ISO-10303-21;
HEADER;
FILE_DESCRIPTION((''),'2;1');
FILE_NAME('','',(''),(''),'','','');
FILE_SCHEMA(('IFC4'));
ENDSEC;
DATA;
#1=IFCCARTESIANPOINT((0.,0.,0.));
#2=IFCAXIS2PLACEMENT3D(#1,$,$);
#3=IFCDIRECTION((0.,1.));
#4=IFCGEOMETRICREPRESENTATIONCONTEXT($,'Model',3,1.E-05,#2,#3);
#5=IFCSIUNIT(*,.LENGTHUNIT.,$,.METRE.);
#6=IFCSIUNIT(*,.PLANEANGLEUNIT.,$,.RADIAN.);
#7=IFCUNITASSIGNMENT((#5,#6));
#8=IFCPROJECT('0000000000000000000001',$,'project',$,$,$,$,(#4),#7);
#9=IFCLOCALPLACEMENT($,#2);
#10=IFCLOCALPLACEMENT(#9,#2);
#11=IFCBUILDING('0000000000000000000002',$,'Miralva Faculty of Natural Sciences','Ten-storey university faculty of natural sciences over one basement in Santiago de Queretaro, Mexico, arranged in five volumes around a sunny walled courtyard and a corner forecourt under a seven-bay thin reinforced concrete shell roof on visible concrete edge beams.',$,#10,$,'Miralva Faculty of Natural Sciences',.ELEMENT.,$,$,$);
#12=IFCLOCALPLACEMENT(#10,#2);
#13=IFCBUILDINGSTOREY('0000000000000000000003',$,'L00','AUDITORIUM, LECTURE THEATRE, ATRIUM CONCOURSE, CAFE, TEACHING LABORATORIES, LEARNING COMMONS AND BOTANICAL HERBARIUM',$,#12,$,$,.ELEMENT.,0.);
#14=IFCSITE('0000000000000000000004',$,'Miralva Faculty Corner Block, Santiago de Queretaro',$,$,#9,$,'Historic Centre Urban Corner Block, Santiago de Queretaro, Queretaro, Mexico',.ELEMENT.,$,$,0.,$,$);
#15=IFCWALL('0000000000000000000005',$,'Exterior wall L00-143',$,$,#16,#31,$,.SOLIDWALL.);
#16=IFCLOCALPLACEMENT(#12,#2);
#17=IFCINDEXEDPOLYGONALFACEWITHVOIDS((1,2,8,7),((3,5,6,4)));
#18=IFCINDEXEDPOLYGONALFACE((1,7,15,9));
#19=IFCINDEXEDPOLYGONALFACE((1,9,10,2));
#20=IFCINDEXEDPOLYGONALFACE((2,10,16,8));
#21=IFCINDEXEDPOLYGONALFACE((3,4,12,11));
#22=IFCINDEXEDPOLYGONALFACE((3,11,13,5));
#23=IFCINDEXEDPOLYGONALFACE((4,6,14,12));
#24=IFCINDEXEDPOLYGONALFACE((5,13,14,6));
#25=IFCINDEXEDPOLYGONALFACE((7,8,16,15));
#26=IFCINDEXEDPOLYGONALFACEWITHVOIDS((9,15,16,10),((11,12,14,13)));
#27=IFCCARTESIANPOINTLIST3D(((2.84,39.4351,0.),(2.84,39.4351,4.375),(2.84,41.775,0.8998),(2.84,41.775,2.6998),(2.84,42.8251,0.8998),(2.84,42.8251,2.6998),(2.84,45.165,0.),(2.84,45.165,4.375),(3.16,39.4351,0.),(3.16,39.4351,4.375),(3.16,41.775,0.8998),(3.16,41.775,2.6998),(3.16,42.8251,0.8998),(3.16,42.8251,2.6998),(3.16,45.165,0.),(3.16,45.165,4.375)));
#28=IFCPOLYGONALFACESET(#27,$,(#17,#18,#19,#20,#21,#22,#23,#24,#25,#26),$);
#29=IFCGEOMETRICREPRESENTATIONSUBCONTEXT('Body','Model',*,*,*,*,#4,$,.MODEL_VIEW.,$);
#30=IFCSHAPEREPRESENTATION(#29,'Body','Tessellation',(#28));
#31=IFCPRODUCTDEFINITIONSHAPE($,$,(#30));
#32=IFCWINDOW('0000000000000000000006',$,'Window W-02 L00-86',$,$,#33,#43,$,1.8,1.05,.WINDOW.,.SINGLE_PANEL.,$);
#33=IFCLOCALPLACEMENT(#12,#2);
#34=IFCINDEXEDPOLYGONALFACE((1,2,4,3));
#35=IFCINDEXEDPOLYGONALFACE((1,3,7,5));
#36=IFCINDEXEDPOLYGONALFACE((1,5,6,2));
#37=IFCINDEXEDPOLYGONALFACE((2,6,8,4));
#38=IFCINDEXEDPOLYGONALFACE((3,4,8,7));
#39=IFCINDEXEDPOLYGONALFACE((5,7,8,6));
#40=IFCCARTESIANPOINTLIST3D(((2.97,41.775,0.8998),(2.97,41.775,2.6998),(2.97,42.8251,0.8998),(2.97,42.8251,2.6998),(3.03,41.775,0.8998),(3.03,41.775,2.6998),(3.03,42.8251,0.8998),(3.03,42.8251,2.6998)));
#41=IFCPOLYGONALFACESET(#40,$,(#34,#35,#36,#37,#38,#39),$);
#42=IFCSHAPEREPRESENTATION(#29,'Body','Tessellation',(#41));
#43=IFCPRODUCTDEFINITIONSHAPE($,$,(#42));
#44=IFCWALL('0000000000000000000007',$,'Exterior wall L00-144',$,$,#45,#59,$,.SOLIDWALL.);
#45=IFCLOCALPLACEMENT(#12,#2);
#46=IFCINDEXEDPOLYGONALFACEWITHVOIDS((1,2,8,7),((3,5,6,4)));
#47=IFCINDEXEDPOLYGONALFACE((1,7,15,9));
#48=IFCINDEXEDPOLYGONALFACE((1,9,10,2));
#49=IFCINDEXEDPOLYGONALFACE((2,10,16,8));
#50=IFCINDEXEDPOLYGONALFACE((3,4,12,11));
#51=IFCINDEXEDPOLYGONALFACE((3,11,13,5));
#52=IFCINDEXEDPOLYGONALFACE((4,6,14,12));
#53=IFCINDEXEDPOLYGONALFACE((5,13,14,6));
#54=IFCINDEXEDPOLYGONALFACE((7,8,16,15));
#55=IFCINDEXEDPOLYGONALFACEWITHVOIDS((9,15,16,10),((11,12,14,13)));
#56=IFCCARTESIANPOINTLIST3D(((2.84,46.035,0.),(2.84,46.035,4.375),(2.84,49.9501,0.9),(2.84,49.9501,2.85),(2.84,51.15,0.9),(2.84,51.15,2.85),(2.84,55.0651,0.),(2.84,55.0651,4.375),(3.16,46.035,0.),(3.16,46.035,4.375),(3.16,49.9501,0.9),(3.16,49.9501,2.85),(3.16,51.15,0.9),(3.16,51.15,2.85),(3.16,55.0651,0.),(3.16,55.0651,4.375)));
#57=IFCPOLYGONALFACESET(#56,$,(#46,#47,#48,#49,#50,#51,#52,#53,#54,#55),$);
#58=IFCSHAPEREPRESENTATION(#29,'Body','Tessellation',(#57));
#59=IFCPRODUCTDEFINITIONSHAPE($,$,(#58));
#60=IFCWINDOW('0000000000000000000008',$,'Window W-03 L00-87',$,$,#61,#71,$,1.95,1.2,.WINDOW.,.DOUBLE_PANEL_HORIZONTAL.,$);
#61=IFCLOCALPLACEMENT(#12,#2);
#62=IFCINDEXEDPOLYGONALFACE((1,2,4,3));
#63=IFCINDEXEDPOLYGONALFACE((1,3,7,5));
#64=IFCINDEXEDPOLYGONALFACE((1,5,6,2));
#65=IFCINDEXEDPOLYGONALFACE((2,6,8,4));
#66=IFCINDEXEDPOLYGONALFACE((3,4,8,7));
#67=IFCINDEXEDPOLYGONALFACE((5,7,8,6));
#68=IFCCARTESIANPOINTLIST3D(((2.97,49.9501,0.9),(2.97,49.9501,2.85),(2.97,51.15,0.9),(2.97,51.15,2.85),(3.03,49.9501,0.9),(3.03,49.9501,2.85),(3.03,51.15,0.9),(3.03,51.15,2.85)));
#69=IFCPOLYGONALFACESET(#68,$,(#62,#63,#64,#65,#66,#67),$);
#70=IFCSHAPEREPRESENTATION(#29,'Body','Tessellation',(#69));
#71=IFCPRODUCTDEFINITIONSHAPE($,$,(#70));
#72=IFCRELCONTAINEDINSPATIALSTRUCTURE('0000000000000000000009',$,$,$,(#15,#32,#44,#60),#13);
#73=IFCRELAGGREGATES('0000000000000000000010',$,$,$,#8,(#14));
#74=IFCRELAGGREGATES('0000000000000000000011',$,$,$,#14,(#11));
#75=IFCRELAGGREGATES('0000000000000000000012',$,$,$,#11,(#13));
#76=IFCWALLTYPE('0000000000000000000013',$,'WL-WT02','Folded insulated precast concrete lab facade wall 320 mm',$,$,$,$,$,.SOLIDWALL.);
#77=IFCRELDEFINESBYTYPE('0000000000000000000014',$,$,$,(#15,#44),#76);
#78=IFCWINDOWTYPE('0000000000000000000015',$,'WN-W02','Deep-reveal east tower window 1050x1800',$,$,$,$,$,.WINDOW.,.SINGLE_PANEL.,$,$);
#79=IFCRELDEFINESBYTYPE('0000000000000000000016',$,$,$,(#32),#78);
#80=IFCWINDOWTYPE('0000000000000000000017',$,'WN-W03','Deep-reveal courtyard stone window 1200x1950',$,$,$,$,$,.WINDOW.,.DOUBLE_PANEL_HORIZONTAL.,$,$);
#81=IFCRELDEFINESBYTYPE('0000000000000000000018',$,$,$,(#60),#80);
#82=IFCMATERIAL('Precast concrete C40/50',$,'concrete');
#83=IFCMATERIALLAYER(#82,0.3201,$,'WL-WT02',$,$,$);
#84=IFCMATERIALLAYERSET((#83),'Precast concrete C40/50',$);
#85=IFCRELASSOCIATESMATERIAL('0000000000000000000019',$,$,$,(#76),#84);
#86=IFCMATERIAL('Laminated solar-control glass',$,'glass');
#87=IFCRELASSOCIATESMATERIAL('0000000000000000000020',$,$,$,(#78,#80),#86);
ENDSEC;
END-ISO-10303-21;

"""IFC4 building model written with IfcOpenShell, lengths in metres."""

from ifc_helpers import new_model, si_unit, direction, frame, frame_2d, origin, place, context, subcontext, project, spatial, rectangle, extrude, material, layer, layer_set, type_object, element, fill, save


model = new_model("IFC4")

# Units and contexts
model_context = context("Model", 3, precision=1e-05, world=origin(), true_north=direction((0.0, 1.0)))
body_context = subcontext(model_context, "Body", "Model", "MODEL_VIEW")
ifc_project = project(units=[si_unit("LENGTHUNIT", "METRE"), si_unit("PLANEANGLEUNIT", "RADIAN")], contexts=[model_context])

# Site, building, storey
site_placement = place(None, origin())
site = spatial("IfcSite", under=ifc_project, at=site_placement, Name="Miralva Faculty Corner Block, Santiago de Queretaro", LongName="Historic Centre Urban Corner Block, Santiago de Queretaro, Queretaro, Mexico", CompositionType="ELEMENT", RefElevation=0.0)
building_placement = place(site_placement, origin())
building = spatial("IfcBuilding", under=site, at=building_placement, Name="Miralva Faculty of Natural Sciences", Description="Ten-storey university faculty of natural sciences over one basement in Santiago de Queretaro, Mexico, arranged in five volumes around a sunny walled courtyard and a corner forecourt under a seven-bay thin reinforced concrete shell roof on visible concrete edge beams.", LongName="Miralva Faculty of Natural Sciences", CompositionType="ELEMENT")
storey_placement = place(building_placement, origin())
storey = spatial("IfcBuildingStorey", under=building, at=storey_placement, Name="L00", Description="AUDITORIUM, LECTURE THEATRE, ATRIUM CONCOURSE, CAFE, TEACHING LABORATORIES, LEARNING COMMONS AND BOTANICAL HERBARIUM", CompositionType="ELEMENT", Elevation=0.0)

# Walls, openings, windows
ifc_material_1 = material(Name="Precast concrete C40/50", Category="concrete")
ifc_layer_1 = layer(ifc_material_1, 0.3201, Name="WL-WT02")
ifc_layer_set_1 = layer_set([ifc_layer_1], Name="Precast concrete C40/50")
wall_type_1 = type_object("IfcWallType", Name="WL-WT02", Description="Folded insulated precast concrete lab facade wall 320 mm", PredefinedType="SOLIDWALL", material=ifc_layer_set_1)
wall_1_placement = place(storey_placement, frame((3.0, 39.4351, 0.0), z_axis=(0.0, 0.0, 1.0), x_axis=(0.0, 1.0, 0.0)))
wall_1 = element("IfcWall", 1, at=wall_1_placement, inside=storey, type_object=wall_type_1, Name="Exterior wall L00-143", PredefinedType="SOLIDWALL", context=body_context, shape_type="SweptSolid", body=[
    extrude(rectangle(XDim=5.73, YDim=0.3201, at=frame_2d((2.865, 0.0))), origin(), (0.0, 0.0, 1.0), 4.375),
])
opening_1_placement = place(wall_1_placement, frame((2.3401, 0.0, 0.8999)))
opening_1 = element("IfcOpeningElement", 2, at=opening_1_placement, cuts=wall_1, PredefinedType="OPENING", context=body_context, shape_type="SweptSolid", body=[
    extrude(rectangle(XDim=1.05, YDim=1.8, at=frame_2d((0.5249, 0.8999))), frame((0.0, 0.1699, 0.0), z_axis=(0.0, -1.0, 0.0), x_axis=(1.0, 0.0, 0.0)), (0.0, 0.0, 1.0), 0.3401),
])
ifc_material_2 = material(Name="Laminated solar-control glass", Category="glass")
window_type_1 = type_object("IfcWindowType", Name="WN-W02", Description="Deep-reveal east tower window 1050x1800", PartitioningType="SINGLE_PANEL", PredefinedType="WINDOW", material=ifc_material_2)
window_1_placement = place(opening_1_placement, origin())
window_1 = element("IfcWindow", 3, at=window_1_placement, inside=storey, type_object=window_type_1, Name="Window W-02 L00-86", OverallHeight=1.8, OverallWidth=1.05, PartitioningType="SINGLE_PANEL", PredefinedType="WINDOW", context=body_context, shape_type="SweptSolid", body=[
    extrude(rectangle(XDim=1.05, YDim=1.8, at=frame_2d((0.5249, 0.8999))), frame((0.0, 0.03, 0.0), z_axis=(0.0, -1.0, 0.0), x_axis=(1.0, 0.0, 0.0)), (0.0, 0.0, 1.0), 0.0601),
])
fill(opening_1, window_1)
wall_2_placement = place(storey_placement, frame((3.0, 46.0349, 0.0), z_axis=(0.0, 0.0, 1.0), x_axis=(0.0, 1.0, 0.0)))
wall_2 = element("IfcWall", 4, at=wall_2_placement, inside=storey, type_object=wall_type_1, Name="Exterior wall L00-144", PredefinedType="SOLIDWALL", context=body_context, shape_type="SweptSolid", body=[
    extrude(rectangle(XDim=9.03, YDim=0.3201, at=frame_2d((4.5151, 0.0))), origin(), (0.0, 0.0, 1.0), 4.375),
])
opening_2_placement = place(wall_2_placement, frame((3.915, 0.0, 0.8999)))
opening_2 = element("IfcOpeningElement", 5, at=opening_2_placement, cuts=wall_2, PredefinedType="OPENING", context=body_context, shape_type="SweptSolid", body=[
    extrude(rectangle(XDim=1.2, YDim=1.95, at=frame_2d((0.6001, 0.9751))), frame((0.0, 0.1699, 0.0), z_axis=(0.0, -1.0, 0.0), x_axis=(1.0, 0.0, 0.0)), (0.0, 0.0, 1.0), 0.3401),
])
window_type_2 = type_object("IfcWindowType", Name="WN-W03", Description="Deep-reveal courtyard stone window 1200x1950", PartitioningType="DOUBLE_PANEL_HORIZONTAL", PredefinedType="WINDOW", material=ifc_material_2)
window_2_placement = place(opening_2_placement, origin())
window_2 = element("IfcWindow", 6, at=window_2_placement, inside=storey, type_object=window_type_2, Name="Window W-03 L00-87", OverallHeight=1.95, OverallWidth=1.2, PartitioningType="DOUBLE_PANEL_HORIZONTAL", PredefinedType="WINDOW", context=body_context, shape_type="SweptSolid", body=[
    extrude(rectangle(XDim=1.2, YDim=1.95, at=frame_2d((0.6001, 0.9751))), frame((0.0, 0.03, 0.0), z_axis=(0.0, -1.0, 0.0), x_axis=(1.0, 0.0, 0.0)), (0.0, 0.0, 1.0), 0.0601),
])
fill(opening_2, window_2)

save(model, "model.ifc")
